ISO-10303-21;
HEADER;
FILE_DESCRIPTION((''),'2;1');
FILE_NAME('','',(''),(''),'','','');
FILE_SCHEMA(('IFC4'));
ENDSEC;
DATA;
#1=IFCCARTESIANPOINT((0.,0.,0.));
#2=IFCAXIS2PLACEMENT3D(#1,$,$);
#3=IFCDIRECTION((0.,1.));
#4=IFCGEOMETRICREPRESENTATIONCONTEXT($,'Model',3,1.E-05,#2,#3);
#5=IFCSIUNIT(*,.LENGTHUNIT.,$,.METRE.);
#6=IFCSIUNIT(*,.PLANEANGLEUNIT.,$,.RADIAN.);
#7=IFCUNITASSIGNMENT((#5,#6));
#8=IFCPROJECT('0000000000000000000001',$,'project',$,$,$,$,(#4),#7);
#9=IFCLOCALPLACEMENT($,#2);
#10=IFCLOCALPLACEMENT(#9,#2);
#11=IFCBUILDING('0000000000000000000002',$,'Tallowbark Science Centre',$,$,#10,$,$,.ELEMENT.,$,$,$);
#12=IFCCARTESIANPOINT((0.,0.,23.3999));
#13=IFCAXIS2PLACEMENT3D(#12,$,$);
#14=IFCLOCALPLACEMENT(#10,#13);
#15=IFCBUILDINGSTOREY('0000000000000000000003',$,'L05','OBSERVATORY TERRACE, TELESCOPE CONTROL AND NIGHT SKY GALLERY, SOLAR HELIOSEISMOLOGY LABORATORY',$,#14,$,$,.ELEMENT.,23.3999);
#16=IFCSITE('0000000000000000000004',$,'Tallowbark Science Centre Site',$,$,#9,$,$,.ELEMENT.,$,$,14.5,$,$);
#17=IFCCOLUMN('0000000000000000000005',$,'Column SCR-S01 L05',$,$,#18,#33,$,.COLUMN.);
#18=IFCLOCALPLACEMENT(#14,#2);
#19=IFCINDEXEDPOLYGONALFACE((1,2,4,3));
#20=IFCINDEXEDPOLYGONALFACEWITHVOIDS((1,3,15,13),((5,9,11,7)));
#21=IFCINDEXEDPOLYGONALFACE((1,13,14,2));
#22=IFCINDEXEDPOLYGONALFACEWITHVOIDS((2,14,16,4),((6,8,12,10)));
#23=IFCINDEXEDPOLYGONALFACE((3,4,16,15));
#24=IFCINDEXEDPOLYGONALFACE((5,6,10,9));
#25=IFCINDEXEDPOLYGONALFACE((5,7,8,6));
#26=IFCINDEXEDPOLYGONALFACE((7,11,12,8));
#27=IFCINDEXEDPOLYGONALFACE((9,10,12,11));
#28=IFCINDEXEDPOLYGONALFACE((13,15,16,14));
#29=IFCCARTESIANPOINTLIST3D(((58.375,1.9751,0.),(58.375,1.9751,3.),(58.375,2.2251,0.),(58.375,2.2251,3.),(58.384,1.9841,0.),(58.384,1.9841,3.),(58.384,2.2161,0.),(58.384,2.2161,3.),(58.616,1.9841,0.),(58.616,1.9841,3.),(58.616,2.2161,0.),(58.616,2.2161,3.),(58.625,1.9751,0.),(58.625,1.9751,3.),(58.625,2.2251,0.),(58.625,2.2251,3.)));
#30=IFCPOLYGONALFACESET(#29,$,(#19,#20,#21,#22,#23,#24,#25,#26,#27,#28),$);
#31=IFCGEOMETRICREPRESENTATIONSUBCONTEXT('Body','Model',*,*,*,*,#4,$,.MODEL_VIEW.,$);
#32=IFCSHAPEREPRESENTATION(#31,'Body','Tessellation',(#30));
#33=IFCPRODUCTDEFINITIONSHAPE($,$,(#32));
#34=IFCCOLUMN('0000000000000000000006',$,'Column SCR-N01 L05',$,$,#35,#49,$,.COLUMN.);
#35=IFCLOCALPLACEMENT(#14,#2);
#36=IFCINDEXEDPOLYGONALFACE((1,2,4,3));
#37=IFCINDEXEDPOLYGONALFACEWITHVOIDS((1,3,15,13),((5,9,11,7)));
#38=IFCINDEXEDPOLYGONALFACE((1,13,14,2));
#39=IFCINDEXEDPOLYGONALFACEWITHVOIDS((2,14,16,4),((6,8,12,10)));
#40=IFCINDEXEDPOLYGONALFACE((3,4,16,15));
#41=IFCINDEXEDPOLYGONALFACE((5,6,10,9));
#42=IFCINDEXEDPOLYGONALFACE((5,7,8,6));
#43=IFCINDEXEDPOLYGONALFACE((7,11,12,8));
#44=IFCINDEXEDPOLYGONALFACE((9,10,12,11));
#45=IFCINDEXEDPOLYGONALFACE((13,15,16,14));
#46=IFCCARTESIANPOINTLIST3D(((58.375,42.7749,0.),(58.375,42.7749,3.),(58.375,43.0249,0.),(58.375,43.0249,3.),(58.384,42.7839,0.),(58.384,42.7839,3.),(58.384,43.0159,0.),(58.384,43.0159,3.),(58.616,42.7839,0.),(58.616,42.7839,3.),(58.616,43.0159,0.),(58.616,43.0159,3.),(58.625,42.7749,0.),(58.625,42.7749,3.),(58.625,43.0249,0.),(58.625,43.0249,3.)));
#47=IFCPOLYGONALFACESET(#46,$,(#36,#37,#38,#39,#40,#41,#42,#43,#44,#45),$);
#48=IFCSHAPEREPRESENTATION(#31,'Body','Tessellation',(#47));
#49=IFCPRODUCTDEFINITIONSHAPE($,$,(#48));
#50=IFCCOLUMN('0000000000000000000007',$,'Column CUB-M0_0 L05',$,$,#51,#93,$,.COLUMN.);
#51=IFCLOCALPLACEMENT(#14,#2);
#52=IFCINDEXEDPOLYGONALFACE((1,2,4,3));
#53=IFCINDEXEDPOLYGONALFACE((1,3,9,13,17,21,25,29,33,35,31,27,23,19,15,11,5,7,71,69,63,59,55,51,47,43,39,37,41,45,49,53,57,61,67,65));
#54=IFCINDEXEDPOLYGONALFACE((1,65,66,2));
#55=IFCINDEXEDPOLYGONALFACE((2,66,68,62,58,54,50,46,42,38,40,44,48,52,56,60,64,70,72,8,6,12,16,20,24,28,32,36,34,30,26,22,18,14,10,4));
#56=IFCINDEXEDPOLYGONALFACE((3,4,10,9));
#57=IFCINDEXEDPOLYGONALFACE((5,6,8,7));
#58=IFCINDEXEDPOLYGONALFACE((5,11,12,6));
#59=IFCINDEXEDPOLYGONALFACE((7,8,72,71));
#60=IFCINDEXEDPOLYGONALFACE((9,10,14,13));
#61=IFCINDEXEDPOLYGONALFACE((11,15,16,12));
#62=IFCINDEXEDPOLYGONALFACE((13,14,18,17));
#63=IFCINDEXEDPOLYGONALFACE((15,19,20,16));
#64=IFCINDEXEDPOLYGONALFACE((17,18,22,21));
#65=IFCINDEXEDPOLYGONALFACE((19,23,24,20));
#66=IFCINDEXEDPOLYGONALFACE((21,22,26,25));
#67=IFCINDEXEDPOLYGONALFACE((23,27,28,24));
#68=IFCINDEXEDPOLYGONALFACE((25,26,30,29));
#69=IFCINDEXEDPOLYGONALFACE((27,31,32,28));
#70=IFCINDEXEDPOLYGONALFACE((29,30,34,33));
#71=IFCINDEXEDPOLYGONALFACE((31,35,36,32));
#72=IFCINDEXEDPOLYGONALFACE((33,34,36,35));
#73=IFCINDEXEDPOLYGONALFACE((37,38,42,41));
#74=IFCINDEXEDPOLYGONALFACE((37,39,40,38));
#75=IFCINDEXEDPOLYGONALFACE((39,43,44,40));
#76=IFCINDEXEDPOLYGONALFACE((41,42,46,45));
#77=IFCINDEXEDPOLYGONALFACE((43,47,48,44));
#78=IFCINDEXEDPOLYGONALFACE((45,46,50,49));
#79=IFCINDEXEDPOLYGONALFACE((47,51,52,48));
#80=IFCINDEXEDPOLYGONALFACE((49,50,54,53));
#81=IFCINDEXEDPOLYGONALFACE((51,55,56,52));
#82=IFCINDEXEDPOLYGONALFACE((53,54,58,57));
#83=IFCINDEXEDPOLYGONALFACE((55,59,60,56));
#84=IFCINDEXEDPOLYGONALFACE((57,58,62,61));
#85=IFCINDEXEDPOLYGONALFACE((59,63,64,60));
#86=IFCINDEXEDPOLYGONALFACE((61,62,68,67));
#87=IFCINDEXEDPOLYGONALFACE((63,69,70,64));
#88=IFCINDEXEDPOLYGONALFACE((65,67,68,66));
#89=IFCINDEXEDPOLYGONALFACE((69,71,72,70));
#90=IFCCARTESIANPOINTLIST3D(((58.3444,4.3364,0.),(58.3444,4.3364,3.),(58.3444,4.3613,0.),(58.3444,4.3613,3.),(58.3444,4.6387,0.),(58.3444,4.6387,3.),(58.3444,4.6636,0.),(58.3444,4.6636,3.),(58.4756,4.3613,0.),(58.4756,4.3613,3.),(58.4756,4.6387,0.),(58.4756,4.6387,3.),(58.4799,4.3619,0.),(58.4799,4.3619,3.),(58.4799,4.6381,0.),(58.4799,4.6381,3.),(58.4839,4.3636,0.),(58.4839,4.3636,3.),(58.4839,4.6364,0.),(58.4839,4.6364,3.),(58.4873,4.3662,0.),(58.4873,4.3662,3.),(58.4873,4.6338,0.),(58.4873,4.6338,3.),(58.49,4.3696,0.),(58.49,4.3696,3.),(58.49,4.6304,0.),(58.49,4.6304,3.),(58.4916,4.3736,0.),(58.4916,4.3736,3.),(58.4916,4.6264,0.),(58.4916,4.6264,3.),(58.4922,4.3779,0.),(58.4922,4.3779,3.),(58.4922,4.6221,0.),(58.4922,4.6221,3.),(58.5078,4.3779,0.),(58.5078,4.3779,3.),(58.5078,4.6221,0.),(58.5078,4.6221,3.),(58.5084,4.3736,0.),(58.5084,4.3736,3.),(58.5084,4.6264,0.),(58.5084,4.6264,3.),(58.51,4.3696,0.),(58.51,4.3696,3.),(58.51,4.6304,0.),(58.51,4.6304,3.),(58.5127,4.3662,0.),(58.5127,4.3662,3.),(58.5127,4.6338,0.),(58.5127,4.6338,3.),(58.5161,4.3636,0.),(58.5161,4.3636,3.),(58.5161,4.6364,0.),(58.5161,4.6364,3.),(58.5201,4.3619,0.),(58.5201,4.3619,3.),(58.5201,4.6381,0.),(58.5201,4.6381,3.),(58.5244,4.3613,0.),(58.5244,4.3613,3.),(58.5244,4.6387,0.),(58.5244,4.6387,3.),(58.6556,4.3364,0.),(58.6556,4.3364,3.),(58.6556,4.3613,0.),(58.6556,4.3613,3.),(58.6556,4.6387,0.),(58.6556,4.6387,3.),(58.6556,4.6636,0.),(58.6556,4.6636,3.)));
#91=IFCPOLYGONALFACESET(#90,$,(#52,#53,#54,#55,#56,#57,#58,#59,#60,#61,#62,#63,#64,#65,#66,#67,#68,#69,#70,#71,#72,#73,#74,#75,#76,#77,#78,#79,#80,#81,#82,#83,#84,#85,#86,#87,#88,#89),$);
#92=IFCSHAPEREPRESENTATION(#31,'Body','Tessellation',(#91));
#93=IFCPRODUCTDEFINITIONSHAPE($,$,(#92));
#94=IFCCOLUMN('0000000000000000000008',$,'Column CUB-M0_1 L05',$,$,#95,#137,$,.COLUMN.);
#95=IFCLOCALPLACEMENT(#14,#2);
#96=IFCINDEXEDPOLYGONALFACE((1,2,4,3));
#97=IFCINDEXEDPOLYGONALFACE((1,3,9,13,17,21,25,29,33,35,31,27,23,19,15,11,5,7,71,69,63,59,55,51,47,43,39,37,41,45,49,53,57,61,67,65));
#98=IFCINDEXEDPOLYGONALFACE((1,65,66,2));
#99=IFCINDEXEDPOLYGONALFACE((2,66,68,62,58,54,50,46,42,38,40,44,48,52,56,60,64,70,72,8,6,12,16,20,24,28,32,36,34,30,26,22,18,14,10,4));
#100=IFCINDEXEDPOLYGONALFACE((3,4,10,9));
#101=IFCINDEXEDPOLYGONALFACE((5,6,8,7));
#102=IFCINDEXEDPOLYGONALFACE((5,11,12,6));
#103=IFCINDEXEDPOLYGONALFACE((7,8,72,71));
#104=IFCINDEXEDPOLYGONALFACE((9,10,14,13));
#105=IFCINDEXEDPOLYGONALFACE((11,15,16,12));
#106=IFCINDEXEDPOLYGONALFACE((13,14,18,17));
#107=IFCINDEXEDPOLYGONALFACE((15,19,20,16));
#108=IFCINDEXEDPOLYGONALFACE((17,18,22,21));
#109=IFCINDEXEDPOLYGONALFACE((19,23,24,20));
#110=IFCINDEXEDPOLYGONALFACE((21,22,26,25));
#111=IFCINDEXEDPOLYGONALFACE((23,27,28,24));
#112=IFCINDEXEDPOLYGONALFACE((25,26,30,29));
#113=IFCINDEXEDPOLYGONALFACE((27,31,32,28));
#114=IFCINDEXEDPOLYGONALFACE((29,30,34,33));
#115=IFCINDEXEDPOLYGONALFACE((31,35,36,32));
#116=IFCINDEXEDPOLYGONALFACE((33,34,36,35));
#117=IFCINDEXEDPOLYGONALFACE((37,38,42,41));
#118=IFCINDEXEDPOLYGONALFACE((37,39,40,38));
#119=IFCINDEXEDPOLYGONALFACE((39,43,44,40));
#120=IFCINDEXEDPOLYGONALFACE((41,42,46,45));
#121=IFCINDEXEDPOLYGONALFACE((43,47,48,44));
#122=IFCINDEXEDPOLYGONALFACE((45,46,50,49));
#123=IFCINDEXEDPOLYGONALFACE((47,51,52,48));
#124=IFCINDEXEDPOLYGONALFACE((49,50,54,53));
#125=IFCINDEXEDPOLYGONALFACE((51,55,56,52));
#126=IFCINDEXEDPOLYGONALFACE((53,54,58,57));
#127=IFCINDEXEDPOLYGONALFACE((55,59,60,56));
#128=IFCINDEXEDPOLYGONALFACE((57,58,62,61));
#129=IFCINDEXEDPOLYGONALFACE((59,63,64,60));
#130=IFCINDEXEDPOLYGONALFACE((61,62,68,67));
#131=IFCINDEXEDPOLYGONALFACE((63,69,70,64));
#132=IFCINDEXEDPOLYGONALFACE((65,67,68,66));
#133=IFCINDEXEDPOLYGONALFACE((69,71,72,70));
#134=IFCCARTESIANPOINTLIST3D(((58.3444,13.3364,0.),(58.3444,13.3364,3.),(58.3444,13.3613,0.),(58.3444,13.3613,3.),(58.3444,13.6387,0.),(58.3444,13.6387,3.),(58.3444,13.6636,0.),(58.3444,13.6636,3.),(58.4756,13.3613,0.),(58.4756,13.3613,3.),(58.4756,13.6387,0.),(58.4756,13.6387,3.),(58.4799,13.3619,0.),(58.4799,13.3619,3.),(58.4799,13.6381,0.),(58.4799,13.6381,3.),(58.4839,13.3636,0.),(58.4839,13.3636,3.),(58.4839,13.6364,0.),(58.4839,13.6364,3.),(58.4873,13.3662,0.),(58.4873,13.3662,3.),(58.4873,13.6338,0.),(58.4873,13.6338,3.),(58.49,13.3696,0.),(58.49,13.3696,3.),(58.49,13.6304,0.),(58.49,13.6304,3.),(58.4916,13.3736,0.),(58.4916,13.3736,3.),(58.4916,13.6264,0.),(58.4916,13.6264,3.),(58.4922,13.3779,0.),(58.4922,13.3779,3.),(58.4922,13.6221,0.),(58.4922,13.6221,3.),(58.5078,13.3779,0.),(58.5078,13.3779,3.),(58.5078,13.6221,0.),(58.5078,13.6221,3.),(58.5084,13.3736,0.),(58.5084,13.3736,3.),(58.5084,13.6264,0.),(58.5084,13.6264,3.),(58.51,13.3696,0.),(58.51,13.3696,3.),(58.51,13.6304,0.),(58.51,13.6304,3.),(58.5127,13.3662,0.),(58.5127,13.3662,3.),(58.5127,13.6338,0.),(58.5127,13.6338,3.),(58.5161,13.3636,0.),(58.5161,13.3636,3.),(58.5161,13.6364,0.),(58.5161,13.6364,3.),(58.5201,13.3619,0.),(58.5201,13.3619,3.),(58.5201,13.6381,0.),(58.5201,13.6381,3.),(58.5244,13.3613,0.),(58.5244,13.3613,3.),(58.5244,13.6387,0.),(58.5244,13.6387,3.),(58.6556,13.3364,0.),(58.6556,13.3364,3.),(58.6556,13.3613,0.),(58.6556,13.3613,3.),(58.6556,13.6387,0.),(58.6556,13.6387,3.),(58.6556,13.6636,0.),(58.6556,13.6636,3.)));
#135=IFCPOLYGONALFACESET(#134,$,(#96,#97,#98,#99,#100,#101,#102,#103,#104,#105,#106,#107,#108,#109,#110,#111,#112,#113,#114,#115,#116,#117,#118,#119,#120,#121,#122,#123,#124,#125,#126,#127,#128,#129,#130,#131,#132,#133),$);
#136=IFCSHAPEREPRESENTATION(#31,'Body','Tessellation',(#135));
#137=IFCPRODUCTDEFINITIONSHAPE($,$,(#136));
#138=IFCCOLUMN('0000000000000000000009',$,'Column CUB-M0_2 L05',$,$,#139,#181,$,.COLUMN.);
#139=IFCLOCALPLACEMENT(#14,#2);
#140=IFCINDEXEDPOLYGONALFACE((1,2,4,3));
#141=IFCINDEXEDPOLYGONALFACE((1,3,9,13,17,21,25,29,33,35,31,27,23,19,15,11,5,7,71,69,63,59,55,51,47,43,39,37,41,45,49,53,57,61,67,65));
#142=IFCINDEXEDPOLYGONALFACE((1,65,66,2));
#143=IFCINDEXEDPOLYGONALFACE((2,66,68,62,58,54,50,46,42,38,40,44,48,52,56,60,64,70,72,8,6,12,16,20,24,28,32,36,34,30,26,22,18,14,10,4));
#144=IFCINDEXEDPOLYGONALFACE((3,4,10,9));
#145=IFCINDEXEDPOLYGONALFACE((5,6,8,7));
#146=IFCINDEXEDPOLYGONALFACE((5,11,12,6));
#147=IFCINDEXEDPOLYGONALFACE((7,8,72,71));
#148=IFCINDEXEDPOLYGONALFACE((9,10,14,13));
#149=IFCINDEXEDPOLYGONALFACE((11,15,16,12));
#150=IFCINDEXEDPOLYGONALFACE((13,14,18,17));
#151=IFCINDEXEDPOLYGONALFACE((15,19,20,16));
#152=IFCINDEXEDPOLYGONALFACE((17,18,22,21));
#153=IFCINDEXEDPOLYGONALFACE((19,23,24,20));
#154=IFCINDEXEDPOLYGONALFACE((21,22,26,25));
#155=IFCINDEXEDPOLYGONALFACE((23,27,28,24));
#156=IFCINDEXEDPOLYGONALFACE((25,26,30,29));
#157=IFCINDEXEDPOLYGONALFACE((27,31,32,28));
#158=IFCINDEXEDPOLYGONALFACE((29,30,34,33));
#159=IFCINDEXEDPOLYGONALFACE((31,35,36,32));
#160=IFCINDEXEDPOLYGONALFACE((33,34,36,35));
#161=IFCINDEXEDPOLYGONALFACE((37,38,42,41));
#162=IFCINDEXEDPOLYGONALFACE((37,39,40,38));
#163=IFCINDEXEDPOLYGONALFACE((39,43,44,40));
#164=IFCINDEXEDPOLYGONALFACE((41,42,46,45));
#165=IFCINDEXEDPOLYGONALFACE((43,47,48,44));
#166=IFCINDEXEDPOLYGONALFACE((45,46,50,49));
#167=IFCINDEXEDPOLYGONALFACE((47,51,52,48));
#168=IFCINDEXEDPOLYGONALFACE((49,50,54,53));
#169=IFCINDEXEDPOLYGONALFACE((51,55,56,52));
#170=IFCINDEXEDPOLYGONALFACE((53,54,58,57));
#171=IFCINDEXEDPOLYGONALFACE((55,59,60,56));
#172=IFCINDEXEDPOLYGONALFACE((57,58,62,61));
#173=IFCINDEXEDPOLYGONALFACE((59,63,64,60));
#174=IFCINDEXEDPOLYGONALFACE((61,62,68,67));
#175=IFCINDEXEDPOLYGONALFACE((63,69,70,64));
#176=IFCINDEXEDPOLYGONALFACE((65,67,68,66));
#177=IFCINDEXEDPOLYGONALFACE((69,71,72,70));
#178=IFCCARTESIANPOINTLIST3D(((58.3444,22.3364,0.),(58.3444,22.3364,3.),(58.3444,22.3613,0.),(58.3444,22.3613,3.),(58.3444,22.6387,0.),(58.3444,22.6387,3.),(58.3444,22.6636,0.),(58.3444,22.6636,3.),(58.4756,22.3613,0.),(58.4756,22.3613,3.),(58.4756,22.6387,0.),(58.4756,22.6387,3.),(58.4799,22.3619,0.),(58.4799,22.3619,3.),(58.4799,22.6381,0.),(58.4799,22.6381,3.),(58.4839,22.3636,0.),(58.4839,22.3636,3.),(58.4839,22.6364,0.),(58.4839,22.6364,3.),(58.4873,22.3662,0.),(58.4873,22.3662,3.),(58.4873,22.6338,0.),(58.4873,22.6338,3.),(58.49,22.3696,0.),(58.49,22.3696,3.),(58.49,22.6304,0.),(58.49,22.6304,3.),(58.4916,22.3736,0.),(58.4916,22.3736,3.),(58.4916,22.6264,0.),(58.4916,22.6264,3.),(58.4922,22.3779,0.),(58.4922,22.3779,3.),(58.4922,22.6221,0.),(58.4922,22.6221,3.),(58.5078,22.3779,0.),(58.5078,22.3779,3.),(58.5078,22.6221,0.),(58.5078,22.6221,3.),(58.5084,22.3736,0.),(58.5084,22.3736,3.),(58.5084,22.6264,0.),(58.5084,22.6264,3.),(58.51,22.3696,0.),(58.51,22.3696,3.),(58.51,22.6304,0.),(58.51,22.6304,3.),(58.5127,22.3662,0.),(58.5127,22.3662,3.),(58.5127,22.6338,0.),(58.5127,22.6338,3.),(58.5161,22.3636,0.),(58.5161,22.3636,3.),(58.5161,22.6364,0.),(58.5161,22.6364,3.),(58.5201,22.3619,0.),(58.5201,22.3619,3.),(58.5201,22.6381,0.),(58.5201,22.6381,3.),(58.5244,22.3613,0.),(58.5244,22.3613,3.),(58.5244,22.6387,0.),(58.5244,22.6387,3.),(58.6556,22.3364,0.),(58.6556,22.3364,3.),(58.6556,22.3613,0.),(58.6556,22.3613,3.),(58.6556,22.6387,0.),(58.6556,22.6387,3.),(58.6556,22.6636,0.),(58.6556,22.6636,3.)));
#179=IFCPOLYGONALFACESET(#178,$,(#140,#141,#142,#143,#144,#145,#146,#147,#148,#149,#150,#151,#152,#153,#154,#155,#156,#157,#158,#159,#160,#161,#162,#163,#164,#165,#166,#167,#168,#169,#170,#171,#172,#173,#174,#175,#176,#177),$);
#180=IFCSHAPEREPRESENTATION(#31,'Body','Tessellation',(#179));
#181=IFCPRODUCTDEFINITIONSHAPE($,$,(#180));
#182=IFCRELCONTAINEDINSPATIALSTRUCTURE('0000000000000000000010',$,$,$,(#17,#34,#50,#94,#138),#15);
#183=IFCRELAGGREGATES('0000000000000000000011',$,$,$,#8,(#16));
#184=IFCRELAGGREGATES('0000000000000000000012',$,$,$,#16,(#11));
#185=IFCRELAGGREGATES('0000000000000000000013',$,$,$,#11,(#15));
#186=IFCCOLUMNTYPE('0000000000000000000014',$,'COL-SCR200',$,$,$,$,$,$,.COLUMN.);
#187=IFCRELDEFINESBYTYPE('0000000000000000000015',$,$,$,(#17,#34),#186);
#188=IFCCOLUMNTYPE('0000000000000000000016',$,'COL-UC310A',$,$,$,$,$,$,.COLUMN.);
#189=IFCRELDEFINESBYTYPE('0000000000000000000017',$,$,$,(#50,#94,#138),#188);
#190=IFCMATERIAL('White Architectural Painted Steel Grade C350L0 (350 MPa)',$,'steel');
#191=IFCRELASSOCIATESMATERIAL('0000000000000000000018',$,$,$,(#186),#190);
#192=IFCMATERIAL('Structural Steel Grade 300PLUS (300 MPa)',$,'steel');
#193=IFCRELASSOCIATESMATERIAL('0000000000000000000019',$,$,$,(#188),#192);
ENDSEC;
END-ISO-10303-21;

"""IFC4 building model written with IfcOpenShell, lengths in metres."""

from ifc_helpers import new_model, si_unit, direction, frame, origin, origin_2d, place, context, subcontext, project, spatial, hollow_rectangle, i_section, extrude, material, material_profile, profile_set, type_object, element, save


model = new_model("IFC4")

# Units and contexts
model_context = context("Model", 3, precision=1e-05, world=origin(), true_north=direction((0.0, 1.0)))
body_context = subcontext(model_context, "Body", "Model", "MODEL_VIEW")
ifc_project = project(units=[si_unit("LENGTHUNIT", "METRE"), si_unit("PLANEANGLEUNIT", "RADIAN")], contexts=[model_context])

# Site, building, storey
site_placement = place(None, origin())
site = spatial("IfcSite", under=ifc_project, at=site_placement, Name="Tallowbark Science Centre Site", CompositionType="ELEMENT", RefElevation=14.5)
building_placement = place(site_placement, origin())
building = spatial("IfcBuilding", under=site, at=building_placement, Name="Tallowbark Science Centre", CompositionType="ELEMENT")
storey_placement = place(building_placement, frame((0.0, 0.0, 23.3999)))
storey = spatial("IfcBuildingStorey", under=building, at=storey_placement, Name="L05", Description="OBSERVATORY TERRACE, TELESCOPE CONTROL AND NIGHT SKY GALLERY, SOLAR HELIOSEISMOLOGY LABORATORY", CompositionType="ELEMENT", Elevation=23.3999)

# Columns
ifc_material_1 = material(Name="White Architectural Painted Steel Grade C350L0 (350 MPa)", Category="steel")
ifc_material_profile_1 = material_profile(ifc_material_1, hollow_rectangle(XDim=0.25, YDim=0.25, WallThickness=0.009, at=origin_2d()), Name="250x250x9.0SHS")
ifc_profile_set_1 = profile_set([ifc_material_profile_1], Name="White Architectural Painted Steel Grade C350L0 (350 MPa)")
column_type_1 = type_object("IfcColumnType", Name="COL-SCR200", PredefinedType="COLUMN", material=ifc_profile_set_1)
for number, where, z_axis, x_axis, name in (
    (1, (58.5, 2.1001, 0.0), (0.0, 0.0, 1.0), (1.0, 0.0, 0.0), "Column SCR-S01 L05"),
    (2, (58.5, 42.8999, 0.0), (0.0, 0.0, 1.0), (1.0, 0.0, 0.0), "Column SCR-N01 L05"),
):
    element("IfcColumn", number, at=place(storey_placement, frame(where, z_axis=z_axis, x_axis=x_axis)), inside=storey, type_object=column_type_1, Name=name, PredefinedType="COLUMN", context=body_context, shape_type="SweptSolid", body=[
        extrude(hollow_rectangle(XDim=0.25, YDim=0.25, WallThickness=0.009, at=origin_2d()), origin(), (0.0, 0.0, 1.0), 3.0),
    ])
ifc_material_2 = material(Name="Structural Steel Grade 300PLUS (300 MPa)", Category="steel")
ifc_material_profile_2 = material_profile(ifc_material_2, i_section(OverallWidth=0.3113, OverallDepth=0.3271, WebThickness=0.0156, FlangeThickness=0.0249, FilletRadius=0.0166, at=origin_2d()), Name="310UC158")
ifc_profile_set_2 = profile_set([ifc_material_profile_2], Name="Structural Steel Grade 300PLUS (300 MPa)")
column_type_2 = type_object("IfcColumnType", Name="COL-UC310A", PredefinedType="COLUMN", material=ifc_profile_set_2)
for number, where, z_axis, x_axis, name in (
    (3, (58.5, 4.5, 0.0), (0.0, 0.0, 1.0), (1.0, 0.0, 0.0), "Column CUB-M0_0 L05"),
    (4, (58.5, 13.5, 0.0), (0.0, 0.0, 1.0), (1.0, 0.0, 0.0), "Column CUB-M0_1 L05"),
    (5, (58.5, 22.5, 0.0), (0.0, 0.0, 1.0), (1.0, 0.0, 0.0), "Column CUB-M0_2 L05"),
):
    element("IfcColumn", number, at=place(storey_placement, frame(where, z_axis=z_axis, x_axis=x_axis)), inside=storey, type_object=column_type_2, Name=name, PredefinedType="COLUMN", context=body_context, shape_type="SweptSolid", body=[
        extrude(i_section(OverallWidth=0.3113, OverallDepth=0.3271, WebThickness=0.0156, FlangeThickness=0.0249, FilletRadius=0.0166, at=origin_2d()), origin(), (0.0, 0.0, 1.0), 3.0),
    ])

save(model, "model.ifc")
